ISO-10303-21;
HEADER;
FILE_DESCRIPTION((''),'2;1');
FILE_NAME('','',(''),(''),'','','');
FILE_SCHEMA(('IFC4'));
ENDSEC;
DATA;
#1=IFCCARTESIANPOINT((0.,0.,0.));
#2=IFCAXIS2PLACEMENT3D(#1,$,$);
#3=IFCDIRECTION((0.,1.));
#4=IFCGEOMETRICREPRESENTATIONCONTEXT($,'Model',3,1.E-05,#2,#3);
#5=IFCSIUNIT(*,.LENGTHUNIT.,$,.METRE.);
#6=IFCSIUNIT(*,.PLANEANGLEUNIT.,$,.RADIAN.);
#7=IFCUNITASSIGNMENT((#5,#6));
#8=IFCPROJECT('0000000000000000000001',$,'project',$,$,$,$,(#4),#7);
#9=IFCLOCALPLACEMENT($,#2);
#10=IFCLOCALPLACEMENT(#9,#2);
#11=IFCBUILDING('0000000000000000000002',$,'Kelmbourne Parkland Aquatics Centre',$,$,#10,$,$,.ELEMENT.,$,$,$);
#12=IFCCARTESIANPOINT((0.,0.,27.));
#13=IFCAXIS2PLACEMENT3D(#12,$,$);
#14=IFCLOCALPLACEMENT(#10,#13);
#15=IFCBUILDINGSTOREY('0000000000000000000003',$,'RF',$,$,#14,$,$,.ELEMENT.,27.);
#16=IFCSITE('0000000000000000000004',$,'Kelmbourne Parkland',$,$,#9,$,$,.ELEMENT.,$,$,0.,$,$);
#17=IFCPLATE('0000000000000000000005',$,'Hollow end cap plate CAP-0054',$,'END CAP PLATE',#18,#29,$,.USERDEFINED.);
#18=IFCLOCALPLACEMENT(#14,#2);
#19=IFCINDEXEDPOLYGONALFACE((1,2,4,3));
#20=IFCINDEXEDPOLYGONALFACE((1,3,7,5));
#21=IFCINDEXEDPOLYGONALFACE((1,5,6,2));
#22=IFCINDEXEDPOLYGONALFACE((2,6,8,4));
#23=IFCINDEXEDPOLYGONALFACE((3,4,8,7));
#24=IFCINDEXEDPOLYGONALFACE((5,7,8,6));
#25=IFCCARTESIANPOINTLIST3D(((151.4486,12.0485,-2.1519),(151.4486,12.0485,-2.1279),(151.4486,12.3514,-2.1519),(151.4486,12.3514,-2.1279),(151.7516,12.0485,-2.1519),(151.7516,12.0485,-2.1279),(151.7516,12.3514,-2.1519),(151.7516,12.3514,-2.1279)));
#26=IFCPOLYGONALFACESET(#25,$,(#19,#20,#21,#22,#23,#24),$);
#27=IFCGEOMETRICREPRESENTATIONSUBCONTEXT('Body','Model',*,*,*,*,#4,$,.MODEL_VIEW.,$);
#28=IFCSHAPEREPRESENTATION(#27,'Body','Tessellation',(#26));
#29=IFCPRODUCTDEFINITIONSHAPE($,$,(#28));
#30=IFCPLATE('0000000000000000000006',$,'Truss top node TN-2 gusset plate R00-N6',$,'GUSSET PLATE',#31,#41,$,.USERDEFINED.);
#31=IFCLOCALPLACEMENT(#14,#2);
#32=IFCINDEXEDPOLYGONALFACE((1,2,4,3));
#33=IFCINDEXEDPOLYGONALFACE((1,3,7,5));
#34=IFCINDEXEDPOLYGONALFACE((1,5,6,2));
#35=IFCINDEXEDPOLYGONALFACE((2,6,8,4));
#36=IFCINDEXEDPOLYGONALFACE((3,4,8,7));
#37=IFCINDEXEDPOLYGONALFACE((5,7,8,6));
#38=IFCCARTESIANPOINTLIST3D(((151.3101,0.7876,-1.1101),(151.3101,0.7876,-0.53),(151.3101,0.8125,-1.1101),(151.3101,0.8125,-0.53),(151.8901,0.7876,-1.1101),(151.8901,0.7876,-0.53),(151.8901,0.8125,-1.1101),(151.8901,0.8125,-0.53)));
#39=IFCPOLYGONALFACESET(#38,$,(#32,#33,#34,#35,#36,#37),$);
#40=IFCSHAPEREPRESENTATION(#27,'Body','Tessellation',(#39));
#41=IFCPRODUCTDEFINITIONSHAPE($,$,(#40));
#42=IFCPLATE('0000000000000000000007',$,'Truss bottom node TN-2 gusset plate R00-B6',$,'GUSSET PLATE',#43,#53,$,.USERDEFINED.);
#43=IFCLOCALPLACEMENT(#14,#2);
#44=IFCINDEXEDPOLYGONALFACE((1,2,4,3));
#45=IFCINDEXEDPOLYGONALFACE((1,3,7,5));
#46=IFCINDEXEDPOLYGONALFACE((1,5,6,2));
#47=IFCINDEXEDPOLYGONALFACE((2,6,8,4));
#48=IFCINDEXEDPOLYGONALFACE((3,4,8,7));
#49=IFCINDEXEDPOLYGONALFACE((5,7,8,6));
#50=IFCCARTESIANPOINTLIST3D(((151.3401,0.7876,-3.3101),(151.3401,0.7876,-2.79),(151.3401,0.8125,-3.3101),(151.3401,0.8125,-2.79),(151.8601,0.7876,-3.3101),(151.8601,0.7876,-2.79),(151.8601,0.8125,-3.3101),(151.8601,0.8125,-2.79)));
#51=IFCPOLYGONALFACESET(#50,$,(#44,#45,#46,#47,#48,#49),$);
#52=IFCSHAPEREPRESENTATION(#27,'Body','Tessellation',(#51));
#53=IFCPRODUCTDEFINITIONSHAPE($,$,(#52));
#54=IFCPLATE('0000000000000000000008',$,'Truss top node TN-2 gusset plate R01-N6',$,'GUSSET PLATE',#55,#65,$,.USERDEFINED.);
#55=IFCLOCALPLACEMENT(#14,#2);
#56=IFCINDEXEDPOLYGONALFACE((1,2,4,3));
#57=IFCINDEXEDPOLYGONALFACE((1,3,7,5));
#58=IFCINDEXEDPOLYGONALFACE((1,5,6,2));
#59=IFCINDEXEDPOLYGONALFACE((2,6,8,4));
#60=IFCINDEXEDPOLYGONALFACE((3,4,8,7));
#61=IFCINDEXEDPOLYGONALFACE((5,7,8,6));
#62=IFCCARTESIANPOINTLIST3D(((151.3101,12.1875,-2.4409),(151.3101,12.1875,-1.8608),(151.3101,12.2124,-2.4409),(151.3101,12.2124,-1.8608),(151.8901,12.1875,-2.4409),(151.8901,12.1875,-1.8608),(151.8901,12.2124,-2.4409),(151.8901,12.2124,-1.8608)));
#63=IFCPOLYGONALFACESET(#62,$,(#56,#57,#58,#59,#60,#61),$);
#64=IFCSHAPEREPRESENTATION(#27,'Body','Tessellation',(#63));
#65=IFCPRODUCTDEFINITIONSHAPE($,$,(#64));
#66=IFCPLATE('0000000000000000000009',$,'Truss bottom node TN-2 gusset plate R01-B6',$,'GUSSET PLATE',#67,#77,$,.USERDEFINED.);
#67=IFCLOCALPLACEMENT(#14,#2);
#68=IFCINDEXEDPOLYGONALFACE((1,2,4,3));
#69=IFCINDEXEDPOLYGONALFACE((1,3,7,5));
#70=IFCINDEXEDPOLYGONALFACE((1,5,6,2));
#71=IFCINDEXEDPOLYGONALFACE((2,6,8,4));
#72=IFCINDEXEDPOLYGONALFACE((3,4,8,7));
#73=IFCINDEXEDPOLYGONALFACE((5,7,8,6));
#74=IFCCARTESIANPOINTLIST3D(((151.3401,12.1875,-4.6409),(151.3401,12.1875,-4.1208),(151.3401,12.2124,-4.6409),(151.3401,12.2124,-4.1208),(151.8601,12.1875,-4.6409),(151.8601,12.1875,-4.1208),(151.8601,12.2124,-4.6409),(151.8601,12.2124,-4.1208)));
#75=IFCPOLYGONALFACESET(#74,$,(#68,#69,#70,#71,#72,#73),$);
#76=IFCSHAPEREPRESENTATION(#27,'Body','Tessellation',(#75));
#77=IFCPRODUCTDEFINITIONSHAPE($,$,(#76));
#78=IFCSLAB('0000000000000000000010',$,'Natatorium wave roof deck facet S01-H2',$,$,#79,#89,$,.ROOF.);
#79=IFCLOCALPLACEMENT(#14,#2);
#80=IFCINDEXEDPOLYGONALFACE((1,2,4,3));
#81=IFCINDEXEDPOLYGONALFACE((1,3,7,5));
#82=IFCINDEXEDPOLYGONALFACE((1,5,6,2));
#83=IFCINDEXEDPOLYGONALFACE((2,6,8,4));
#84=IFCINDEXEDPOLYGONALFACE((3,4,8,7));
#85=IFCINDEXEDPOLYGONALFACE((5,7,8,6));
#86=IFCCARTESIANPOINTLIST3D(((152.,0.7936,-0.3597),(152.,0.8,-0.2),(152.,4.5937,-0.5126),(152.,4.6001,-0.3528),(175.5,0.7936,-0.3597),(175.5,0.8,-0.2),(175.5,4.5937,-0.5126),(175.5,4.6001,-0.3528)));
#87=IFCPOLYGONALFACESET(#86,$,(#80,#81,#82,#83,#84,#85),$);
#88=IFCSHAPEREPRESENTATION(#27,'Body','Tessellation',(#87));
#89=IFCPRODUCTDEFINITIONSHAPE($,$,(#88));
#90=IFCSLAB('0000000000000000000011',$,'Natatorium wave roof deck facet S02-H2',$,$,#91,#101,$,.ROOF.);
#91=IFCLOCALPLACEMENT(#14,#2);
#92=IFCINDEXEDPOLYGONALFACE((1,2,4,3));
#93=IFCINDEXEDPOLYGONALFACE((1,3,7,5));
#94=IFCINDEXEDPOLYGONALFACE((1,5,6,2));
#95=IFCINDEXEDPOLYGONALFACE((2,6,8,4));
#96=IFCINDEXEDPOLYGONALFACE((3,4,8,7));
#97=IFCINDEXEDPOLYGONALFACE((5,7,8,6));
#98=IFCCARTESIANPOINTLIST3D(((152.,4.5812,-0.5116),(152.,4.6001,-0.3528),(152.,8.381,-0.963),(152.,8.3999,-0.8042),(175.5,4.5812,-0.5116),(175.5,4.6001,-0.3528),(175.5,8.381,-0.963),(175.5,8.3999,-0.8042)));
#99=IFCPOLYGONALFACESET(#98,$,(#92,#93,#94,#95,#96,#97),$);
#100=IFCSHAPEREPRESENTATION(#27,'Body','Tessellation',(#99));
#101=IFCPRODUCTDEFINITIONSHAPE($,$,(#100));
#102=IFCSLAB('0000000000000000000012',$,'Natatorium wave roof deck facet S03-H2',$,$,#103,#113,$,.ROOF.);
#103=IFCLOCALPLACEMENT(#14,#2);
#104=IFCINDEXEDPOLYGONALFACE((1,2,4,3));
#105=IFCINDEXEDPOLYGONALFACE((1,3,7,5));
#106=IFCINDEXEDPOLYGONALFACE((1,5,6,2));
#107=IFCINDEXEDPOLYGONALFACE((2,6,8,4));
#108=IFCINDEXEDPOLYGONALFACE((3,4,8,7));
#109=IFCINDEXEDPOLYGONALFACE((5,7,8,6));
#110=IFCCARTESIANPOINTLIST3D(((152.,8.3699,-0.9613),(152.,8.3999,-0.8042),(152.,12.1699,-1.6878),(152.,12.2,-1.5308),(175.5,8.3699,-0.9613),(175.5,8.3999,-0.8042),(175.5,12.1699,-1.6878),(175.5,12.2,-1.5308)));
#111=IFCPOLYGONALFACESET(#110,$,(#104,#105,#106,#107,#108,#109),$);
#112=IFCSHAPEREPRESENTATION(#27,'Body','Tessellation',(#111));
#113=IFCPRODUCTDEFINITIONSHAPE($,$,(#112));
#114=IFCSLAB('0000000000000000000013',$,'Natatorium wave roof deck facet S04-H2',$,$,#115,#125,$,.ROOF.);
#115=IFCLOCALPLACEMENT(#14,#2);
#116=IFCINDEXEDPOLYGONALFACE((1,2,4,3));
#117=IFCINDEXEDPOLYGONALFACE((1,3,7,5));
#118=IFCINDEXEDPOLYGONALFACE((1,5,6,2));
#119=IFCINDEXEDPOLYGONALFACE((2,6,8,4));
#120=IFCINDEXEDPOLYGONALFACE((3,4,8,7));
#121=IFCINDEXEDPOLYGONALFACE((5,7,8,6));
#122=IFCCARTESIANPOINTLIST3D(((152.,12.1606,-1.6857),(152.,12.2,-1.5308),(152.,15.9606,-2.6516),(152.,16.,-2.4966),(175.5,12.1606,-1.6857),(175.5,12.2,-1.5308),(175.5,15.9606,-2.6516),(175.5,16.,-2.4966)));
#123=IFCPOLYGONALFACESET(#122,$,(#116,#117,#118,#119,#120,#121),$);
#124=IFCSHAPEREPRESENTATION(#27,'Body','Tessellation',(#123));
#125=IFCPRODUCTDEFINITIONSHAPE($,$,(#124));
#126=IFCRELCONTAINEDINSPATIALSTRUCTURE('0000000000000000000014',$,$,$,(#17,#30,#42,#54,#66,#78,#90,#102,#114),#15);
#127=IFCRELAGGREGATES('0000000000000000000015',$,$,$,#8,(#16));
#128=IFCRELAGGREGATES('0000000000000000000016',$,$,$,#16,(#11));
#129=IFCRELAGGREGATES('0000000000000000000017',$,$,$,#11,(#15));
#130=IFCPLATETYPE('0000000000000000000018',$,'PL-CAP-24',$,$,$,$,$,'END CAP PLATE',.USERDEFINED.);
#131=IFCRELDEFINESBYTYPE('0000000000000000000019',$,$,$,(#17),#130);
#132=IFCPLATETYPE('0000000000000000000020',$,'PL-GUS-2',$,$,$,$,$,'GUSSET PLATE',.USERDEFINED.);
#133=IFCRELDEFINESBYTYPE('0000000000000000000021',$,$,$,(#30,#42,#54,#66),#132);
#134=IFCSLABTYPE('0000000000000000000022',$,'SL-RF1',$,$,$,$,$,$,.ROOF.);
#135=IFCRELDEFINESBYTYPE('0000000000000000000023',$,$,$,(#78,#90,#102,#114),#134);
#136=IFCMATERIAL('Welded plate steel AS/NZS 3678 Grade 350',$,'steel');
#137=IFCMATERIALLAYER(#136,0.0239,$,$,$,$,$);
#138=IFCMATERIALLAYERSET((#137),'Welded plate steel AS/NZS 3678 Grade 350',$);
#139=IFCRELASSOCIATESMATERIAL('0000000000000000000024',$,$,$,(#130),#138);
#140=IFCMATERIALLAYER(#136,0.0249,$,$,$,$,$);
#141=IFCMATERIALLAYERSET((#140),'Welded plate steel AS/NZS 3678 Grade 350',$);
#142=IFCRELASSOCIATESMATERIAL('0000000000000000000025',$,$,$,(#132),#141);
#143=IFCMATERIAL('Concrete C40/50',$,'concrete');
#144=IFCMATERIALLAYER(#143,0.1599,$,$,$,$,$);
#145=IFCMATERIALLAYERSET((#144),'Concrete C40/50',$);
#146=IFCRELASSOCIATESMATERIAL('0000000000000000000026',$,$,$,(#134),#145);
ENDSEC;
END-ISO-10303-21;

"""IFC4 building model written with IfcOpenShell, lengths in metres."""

from ifc_helpers import new_model, si_unit, direction, frame, origin, origin_2d, place, context, subcontext, project, spatial, polyline, rectangle, outline, extrude, material, layer, layer_set, type_object, element, save


model = new_model("IFC4")

# Units and contexts
model_context = context("Model", 3, precision=1e-05, world=origin(), true_north=direction((0.0, 1.0)))
body_context = subcontext(model_context, "Body", "Model", "MODEL_VIEW")
ifc_project = project(units=[si_unit("LENGTHUNIT", "METRE"), si_unit("PLANEANGLEUNIT", "RADIAN")], contexts=[model_context])

# Site, building, storey
site_placement = place(None, origin())
site = spatial("IfcSite", under=ifc_project, at=site_placement, Name="Kelmbourne Parkland", CompositionType="ELEMENT", RefElevation=0.0)
building_placement = place(site_placement, origin())
building = spatial("IfcBuilding", under=site, at=building_placement, Name="Kelmbourne Parkland Aquatics Centre", CompositionType="ELEMENT")
storey_placement = place(building_placement, frame((0.0, 0.0, 27.0)))
storey = spatial("IfcBuildingStorey", under=building, at=storey_placement, Name="RF", CompositionType="ELEMENT", Elevation=27.0)

# Shared definitions
ifc_material_1 = material(Name="Welded plate steel AS/NZS 3678 Grade 350", Category="steel")

# Plates
ifc_layer_1 = layer(ifc_material_1, 0.0239)
ifc_layer_set_1 = layer_set([ifc_layer_1], Name="Welded plate steel AS/NZS 3678 Grade 350")
plate_type_1 = type_object("IfcPlateType", Name="PL-CAP-24", ElementType="END CAP PLATE", PredefinedType="USERDEFINED", material=ifc_layer_set_1)
for number, where, z_axis, x_axis, name in (
    (1, (151.6001, 12.2, -2.1519), (0.0, 0.0, 1.0), (1.0, 0.0, 0.0), "Hollow end cap plate CAP-0054"),
):
    element("IfcPlate", number, at=place(storey_placement, frame(where, z_axis=z_axis, x_axis=x_axis)), inside=storey, type_object=plate_type_1, Name=name, ObjectType="END CAP PLATE", PredefinedType="USERDEFINED", context=body_context, shape_type="SweptSolid", body=[
        extrude(rectangle(XDim=0.303, YDim=0.303, at=origin_2d()), origin(), (0.0, 0.0, 1.0), 0.0239),
    ])
ifc_layer_2 = layer(ifc_material_1, 0.0249)
ifc_layer_set_2 = layer_set([ifc_layer_2], Name="Welded plate steel AS/NZS 3678 Grade 350")
plate_type_2 = type_object("IfcPlateType", Name="PL-GUS-2", ElementType="GUSSET PLATE", PredefinedType="USERDEFINED", material=ifc_layer_set_2)
plate_1_placement = place(storey_placement, frame((151.6001, 0.8, -1.1101), z_axis=(0.0, 0.0, 1.0), x_axis=(1.0, 0.0, 0.0)))
element("IfcPlate", 2, at=plate_1_placement, inside=storey, type_object=plate_type_2, Name="Truss top node TN-2 gusset plate R00-N6", ObjectType="GUSSET PLATE", PredefinedType="USERDEFINED", context=body_context, shape_type="SweptSolid", body=[
    extrude(rectangle(XDim=0.5801, YDim=0.0249, at=origin_2d()), origin(), (0.0, 0.0, 1.0), 0.5801),
])
plate_2_placement = place(storey_placement, frame((151.6001, 0.8, -3.3101), z_axis=(0.0, 0.0, 1.0), x_axis=(1.0, 0.0, 0.0)))
element("IfcPlate", 3, at=plate_2_placement, inside=storey, type_object=plate_type_2, Name="Truss bottom node TN-2 gusset plate R00-B6", ObjectType="GUSSET PLATE", PredefinedType="USERDEFINED", context=body_context, shape_type="SweptSolid", body=[
    extrude(rectangle(XDim=0.52, YDim=0.0249, at=origin_2d()), origin(), (0.0, 0.0, 1.0), 0.52),
])
plate_3_placement = place(storey_placement, frame((151.6001, 12.2, -2.4409), z_axis=(0.0, 0.0, 1.0), x_axis=(1.0, 0.0, 0.0)))
element("IfcPlate", 4, at=plate_3_placement, inside=storey, type_object=plate_type_2, Name="Truss top node TN-2 gusset plate R01-N6", ObjectType="GUSSET PLATE", PredefinedType="USERDEFINED", context=body_context, shape_type="SweptSolid", body=[
    extrude(rectangle(XDim=0.5801, YDim=0.0249, at=origin_2d()), origin(), (0.0, 0.0, 1.0), 0.5801),
])
plate_4_placement = place(storey_placement, frame((151.6001, 12.2, -4.6409), z_axis=(0.0, 0.0, 1.0), x_axis=(1.0, 0.0, 0.0)))
element("IfcPlate", 5, at=plate_4_placement, inside=storey, type_object=plate_type_2, Name="Truss bottom node TN-2 gusset plate R01-B6", ObjectType="GUSSET PLATE", PredefinedType="USERDEFINED", context=body_context, shape_type="SweptSolid", body=[
    extrude(rectangle(XDim=0.52, YDim=0.0249, at=origin_2d()), origin(), (0.0, 0.0, 1.0), 0.52),
])

# Slabs
ifc_material_2 = material(Name="Concrete C40/50", Category="concrete")
ifc_layer_3 = layer(ifc_material_2, 0.1599)
ifc_layer_set_3 = layer_set([ifc_layer_3], Name="Concrete C40/50")
slab_type = type_object("IfcSlabType", Name="SL-RF1", PredefinedType="ROOF", material=ifc_layer_set_3)
slab_1_placement = place(storey_placement, frame((152.0, 0.8, -0.2), z_axis=(0.0, 0.040186, 0.999192), x_axis=(1.0, 0.0, 0.0)))
element("IfcSlab", 6, at=slab_1_placement, inside=storey, type_object=slab_type, Name="Natatorium wave roof deck facet S01-H2", PredefinedType="ROOF", context=body_context, shape_type="SweptSolid", body=[
    extrude(outline(polyline([(0.0, 0.0), (23.5, 0.0), (23.5, 3.8031), (0.0, 3.8031), (0.0, 0.0)])), origin(), (0.0, 0.0, -1.0), 0.1599),
])
slab_2_placement = place(storey_placement, frame((152.0, 4.6001, -0.3528), z_axis=(0.0, 0.11797, 0.993017), x_axis=(1.0, 0.0, 0.0)))
element("IfcSlab", 7, at=slab_2_placement, inside=storey, type_object=slab_type, Name="Natatorium wave roof deck facet S02-H2", PredefinedType="ROOF", context=body_context, shape_type="SweptSolid", body=[
    extrude(outline(polyline([(0.0, 0.0), (23.5, 0.0), (23.5, 3.8265), (0.0, 3.8265), (0.0, 0.0)])), origin(), (0.0, 0.0, -1.0), 0.1599),
])
slab_3_placement = place(storey_placement, frame((152.0, 8.3999, -0.8042), z_axis=(0.0, 0.187796, 0.982208), x_axis=(1.0, 0.0, 0.0)))
element("IfcSlab", 8, at=slab_3_placement, inside=storey, type_object=slab_type, Name="Natatorium wave roof deck facet S03-H2", PredefinedType="ROOF", context=body_context, shape_type="SweptSolid", body=[
    extrude(outline(polyline([(0.0, 0.0), (23.5, 0.0), (23.5, 3.8689), (0.0, 3.8689), (0.0, 0.0)])), origin(), (0.0, 0.0, -1.0), 0.1599),
])
slab_4_placement = place(storey_placement, frame((152.0, 12.2, -1.5308), z_axis=(0.0, 0.246328, 0.969186), x_axis=(1.0, 0.0, 0.0)))
element("IfcSlab", 9, at=slab_4_placement, inside=storey, type_object=slab_type, Name="Natatorium wave roof deck facet S04-H2", PredefinedType="ROOF", context=body_context, shape_type="SweptSolid", body=[
    extrude(outline(polyline([(0.0, 0.0), (23.5, 0.0), (23.5, 3.9209), (0.0, 3.9209), (0.0, 0.0)])), origin(), (0.0, 0.0, -1.0), 0.1599),
])

save(model, "model.ifc")
